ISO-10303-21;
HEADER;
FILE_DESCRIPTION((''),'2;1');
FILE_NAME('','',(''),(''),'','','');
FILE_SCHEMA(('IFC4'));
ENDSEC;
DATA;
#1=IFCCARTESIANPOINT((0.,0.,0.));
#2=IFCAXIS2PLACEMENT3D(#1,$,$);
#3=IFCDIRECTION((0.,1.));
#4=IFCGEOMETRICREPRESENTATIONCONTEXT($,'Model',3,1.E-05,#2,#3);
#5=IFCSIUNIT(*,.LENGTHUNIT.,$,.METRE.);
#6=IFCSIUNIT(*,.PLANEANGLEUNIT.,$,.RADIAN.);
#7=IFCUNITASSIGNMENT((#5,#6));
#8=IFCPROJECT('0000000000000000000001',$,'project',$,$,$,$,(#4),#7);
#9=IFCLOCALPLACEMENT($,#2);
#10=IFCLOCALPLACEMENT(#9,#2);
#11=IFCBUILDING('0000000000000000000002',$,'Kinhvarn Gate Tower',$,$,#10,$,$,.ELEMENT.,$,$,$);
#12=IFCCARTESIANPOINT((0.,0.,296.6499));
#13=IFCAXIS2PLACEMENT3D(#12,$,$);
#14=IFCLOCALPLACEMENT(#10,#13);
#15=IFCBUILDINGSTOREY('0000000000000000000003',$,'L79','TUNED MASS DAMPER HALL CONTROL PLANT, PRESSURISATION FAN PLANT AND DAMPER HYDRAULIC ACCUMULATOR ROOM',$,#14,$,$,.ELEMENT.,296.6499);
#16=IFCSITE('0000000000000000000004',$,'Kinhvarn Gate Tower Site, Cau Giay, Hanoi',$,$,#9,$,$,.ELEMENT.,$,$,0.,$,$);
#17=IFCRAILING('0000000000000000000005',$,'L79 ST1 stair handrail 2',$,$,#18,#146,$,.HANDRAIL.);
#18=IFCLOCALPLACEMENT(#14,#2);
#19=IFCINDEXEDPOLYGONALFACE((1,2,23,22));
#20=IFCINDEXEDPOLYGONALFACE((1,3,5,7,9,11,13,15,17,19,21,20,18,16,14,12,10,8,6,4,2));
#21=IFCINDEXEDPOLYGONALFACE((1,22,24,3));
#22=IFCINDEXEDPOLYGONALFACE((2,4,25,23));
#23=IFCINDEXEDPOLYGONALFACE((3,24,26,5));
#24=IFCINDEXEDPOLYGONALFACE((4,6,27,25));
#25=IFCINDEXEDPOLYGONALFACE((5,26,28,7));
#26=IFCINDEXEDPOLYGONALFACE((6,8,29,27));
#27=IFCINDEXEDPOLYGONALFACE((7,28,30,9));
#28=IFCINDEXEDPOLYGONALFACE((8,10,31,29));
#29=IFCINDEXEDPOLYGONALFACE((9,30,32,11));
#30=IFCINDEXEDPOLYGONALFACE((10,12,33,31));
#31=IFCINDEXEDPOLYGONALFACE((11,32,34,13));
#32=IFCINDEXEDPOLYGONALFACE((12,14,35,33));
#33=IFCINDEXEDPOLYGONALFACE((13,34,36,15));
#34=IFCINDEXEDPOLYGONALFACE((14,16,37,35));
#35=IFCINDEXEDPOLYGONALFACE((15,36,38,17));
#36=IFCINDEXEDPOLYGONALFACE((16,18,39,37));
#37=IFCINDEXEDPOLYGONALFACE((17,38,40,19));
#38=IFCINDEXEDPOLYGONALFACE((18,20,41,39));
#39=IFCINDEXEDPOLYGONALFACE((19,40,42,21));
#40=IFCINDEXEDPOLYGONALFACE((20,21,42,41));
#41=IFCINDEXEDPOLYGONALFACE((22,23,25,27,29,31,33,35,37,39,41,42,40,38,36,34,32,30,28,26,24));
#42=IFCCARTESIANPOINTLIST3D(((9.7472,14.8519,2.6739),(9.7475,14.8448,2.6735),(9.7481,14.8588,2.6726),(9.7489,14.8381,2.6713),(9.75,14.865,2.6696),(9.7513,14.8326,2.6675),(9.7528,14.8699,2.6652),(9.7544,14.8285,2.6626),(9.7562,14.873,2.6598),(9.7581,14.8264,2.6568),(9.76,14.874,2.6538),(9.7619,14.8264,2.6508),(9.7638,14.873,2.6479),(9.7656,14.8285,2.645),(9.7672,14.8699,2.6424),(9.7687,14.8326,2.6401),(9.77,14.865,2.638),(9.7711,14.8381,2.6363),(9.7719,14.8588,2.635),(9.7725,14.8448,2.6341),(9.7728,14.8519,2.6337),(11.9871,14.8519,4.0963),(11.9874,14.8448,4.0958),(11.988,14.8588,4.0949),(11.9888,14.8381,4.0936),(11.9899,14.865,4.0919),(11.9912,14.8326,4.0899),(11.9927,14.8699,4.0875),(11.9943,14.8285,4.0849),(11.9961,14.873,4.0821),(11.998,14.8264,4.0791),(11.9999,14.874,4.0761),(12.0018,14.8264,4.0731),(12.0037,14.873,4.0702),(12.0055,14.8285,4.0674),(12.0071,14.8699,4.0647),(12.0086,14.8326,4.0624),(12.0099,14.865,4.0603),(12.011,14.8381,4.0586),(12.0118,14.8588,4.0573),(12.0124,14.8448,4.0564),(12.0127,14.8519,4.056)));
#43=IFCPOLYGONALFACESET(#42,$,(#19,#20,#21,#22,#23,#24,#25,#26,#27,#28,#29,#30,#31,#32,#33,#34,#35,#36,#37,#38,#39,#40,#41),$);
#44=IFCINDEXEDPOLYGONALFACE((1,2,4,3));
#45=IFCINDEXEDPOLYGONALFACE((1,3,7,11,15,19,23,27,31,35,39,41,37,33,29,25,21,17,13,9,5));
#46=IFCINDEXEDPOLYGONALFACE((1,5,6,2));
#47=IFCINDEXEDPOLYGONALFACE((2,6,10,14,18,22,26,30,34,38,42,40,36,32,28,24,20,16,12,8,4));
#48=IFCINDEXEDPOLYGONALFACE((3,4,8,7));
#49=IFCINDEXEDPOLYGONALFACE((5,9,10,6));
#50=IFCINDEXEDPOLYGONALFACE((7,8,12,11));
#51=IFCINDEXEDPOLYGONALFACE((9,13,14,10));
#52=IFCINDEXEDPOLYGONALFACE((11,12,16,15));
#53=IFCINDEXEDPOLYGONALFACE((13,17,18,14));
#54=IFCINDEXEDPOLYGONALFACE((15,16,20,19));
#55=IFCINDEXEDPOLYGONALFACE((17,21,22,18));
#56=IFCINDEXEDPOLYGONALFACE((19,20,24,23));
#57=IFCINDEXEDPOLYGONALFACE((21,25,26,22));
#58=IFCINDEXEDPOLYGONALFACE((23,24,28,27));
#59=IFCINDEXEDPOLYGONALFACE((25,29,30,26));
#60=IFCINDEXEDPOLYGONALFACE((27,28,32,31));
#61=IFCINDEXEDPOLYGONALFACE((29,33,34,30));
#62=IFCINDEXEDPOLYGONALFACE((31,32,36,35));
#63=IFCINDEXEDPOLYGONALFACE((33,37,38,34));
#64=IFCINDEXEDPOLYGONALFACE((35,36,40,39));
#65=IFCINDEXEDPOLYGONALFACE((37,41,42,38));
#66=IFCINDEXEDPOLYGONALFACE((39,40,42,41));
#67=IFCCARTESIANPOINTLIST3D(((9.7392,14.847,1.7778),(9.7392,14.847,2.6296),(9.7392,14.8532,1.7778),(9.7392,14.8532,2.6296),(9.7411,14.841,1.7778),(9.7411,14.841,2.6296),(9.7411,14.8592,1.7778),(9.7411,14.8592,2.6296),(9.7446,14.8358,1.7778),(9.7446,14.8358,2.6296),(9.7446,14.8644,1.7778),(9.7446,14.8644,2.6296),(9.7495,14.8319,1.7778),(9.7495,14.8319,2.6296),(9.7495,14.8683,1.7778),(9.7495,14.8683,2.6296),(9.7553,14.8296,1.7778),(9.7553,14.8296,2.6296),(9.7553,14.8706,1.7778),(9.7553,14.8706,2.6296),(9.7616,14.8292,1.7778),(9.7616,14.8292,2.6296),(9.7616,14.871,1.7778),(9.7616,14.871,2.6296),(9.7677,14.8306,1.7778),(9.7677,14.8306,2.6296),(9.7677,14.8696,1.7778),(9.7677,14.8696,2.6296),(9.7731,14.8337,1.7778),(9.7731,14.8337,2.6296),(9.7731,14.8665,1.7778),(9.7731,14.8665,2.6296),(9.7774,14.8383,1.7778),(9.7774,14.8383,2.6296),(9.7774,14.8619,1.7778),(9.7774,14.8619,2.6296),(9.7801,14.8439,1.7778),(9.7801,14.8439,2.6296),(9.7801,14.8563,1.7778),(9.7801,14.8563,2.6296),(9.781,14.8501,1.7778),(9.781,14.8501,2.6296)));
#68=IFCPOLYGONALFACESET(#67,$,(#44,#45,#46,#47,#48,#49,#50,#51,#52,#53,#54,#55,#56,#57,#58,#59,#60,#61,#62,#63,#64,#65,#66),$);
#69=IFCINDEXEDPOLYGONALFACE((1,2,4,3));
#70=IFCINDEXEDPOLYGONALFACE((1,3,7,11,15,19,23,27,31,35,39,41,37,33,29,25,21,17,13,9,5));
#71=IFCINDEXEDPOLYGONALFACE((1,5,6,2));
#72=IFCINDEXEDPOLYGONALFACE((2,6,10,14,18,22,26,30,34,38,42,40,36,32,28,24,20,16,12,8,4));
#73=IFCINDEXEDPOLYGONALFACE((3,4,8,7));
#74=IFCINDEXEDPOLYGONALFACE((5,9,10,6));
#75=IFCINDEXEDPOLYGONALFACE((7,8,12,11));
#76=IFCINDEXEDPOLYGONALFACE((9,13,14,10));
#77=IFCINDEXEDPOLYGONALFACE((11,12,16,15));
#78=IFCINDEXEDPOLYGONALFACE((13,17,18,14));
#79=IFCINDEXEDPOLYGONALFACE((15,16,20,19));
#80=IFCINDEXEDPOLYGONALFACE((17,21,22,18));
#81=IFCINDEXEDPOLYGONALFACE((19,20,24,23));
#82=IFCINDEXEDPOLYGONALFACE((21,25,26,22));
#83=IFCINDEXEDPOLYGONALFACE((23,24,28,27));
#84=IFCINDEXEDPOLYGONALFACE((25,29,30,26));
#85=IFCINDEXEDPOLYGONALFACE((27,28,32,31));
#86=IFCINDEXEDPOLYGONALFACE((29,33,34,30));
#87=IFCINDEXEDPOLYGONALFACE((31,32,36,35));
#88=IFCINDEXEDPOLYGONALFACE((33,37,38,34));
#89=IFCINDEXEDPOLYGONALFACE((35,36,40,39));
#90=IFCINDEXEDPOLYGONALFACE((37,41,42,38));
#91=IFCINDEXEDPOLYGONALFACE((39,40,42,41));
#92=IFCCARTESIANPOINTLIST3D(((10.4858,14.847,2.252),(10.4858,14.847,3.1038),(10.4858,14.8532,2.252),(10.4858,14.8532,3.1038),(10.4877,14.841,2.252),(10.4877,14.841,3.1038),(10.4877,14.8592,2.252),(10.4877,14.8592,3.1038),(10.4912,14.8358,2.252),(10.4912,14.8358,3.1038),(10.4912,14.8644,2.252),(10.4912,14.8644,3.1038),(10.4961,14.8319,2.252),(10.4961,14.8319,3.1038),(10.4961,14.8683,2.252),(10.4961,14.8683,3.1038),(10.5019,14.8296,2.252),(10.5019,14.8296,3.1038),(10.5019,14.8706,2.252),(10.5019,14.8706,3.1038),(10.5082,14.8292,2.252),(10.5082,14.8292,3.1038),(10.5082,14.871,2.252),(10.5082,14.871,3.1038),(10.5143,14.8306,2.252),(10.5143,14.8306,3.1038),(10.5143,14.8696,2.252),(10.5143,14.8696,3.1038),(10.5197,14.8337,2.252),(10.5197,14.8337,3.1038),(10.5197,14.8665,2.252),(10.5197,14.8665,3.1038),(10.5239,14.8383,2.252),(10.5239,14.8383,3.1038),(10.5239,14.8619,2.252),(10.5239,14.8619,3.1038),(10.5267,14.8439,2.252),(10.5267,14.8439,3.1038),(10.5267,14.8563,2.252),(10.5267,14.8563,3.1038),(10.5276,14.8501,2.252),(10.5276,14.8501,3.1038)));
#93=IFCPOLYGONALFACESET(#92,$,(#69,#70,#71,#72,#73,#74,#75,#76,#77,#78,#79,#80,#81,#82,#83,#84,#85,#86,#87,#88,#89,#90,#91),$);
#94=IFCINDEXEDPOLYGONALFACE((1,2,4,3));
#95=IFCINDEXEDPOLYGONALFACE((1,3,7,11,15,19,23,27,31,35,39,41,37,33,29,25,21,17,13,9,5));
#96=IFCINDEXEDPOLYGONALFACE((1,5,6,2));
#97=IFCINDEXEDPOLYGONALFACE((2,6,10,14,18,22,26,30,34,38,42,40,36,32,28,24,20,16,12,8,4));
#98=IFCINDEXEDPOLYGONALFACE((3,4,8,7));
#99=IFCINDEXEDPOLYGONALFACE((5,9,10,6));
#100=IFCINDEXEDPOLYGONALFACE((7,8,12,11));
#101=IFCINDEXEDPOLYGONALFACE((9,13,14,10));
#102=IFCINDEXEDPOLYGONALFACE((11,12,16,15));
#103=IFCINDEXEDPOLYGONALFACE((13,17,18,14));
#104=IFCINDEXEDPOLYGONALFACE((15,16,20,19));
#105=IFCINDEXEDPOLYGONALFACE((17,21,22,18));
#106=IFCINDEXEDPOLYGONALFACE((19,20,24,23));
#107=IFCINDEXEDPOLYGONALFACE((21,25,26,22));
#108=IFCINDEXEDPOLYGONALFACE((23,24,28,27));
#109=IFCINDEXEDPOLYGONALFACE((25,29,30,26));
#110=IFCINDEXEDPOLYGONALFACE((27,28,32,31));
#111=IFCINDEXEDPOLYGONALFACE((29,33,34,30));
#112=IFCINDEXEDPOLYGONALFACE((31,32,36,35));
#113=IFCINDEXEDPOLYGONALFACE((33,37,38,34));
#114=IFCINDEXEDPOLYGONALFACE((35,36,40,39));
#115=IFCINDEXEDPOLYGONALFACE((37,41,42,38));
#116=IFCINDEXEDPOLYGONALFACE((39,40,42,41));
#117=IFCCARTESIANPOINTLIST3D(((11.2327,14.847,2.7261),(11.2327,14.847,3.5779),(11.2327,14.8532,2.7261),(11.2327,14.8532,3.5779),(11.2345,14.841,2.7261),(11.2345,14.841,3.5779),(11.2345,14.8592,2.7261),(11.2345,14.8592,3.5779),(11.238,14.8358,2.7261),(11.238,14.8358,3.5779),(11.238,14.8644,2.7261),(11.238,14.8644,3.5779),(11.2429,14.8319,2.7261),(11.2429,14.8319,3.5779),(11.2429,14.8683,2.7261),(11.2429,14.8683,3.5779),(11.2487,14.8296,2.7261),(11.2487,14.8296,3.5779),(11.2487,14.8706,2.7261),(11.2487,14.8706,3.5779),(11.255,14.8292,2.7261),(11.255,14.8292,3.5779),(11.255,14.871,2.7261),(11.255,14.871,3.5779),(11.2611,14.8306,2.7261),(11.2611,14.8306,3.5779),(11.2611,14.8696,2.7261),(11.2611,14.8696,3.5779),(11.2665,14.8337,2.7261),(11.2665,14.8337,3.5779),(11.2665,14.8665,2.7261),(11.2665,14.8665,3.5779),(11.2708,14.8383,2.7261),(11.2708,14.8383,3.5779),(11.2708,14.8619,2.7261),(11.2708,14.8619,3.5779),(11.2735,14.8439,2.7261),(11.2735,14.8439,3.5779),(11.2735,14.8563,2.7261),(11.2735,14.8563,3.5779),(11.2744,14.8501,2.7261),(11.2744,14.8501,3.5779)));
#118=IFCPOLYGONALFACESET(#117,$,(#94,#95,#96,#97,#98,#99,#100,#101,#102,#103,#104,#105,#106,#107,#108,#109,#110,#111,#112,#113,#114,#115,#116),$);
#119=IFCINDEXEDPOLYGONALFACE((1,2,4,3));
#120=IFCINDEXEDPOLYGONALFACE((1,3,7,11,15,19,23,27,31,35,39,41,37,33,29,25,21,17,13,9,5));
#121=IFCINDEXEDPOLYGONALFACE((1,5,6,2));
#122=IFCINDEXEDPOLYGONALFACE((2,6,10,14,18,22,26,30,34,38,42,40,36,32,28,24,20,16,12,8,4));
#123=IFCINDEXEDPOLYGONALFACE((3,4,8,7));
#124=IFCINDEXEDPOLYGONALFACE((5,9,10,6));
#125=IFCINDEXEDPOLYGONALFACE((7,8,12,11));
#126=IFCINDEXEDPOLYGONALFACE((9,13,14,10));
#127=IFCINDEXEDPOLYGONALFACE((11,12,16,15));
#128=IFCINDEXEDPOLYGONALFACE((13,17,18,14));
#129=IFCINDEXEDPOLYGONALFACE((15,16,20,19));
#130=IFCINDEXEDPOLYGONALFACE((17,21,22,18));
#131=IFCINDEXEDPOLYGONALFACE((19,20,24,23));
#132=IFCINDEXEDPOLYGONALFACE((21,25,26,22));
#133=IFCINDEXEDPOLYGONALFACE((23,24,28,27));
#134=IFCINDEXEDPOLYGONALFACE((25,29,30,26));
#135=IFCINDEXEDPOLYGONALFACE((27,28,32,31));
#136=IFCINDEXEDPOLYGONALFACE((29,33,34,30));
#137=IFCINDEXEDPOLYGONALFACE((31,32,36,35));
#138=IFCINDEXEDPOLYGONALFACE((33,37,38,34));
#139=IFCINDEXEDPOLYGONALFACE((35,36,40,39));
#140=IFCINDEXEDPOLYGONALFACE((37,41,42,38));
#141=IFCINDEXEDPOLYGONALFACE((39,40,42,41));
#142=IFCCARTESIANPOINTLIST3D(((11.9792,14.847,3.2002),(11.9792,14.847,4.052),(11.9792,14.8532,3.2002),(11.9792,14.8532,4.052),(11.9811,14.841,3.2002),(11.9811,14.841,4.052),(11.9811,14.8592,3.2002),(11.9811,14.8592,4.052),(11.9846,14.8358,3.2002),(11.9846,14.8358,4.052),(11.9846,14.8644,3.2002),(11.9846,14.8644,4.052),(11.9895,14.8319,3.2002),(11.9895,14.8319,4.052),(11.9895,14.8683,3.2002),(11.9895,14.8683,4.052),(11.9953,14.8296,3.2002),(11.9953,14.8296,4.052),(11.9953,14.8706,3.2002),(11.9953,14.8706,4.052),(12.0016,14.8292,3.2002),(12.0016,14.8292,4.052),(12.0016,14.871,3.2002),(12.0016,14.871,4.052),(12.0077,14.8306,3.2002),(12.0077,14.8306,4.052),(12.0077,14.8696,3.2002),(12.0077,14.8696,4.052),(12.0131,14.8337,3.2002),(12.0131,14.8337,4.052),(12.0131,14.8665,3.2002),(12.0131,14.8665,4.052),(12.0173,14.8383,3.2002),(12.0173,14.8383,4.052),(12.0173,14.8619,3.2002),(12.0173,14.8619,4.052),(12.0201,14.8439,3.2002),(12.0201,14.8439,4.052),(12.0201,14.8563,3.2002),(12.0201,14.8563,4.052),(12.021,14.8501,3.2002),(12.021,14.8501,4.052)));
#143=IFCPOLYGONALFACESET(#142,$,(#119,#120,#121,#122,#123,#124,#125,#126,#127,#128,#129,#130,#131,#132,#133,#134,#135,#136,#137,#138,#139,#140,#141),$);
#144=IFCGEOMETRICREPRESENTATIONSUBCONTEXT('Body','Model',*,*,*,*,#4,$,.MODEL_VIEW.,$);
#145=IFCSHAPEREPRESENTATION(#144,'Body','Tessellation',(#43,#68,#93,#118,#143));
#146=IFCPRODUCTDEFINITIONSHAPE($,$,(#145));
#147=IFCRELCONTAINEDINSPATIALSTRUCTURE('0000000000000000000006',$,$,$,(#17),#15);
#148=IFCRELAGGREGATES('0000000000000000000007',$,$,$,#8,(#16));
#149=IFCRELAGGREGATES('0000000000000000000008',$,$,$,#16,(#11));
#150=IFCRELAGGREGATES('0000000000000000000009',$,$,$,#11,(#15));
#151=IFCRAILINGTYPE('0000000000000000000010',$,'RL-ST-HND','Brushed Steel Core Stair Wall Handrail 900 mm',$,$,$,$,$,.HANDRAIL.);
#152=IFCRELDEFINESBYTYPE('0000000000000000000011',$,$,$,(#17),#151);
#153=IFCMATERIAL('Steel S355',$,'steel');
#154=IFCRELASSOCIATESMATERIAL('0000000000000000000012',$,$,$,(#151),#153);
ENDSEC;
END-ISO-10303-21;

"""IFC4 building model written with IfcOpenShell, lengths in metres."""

from ifc_helpers import new_model, si_unit, direction, frame, origin, origin_2d, place, context, subcontext, project, spatial, circle, extrude, material, type_object, element, save


model = new_model("IFC4")

# Units and contexts
model_context = context("Model", 3, precision=1e-05, world=origin(), true_north=direction((0.0, 1.0)))
body_context = subcontext(model_context, "Body", "Model", "MODEL_VIEW")
ifc_project = project(units=[si_unit("LENGTHUNIT", "METRE"), si_unit("PLANEANGLEUNIT", "RADIAN")], contexts=[model_context])

# Site, building, storey
site_placement = place(None, origin())
site = spatial("IfcSite", under=ifc_project, at=site_placement, Name="Kinhvarn Gate Tower Site, Cau Giay, Hanoi", CompositionType="ELEMENT", RefElevation=0.0)
building_placement = place(site_placement, origin())
building = spatial("IfcBuilding", under=site, at=building_placement, Name="Kinhvarn Gate Tower", CompositionType="ELEMENT")
storey_placement = place(building_placement, frame((0.0, 0.0, 296.6499)))
storey = spatial("IfcBuildingStorey", under=building, at=storey_placement, Name="L79", Description="TUNED MASS DAMPER HALL CONTROL PLANT, PRESSURISATION FAN PLANT AND DAMPER HYDRAULIC ACCUMULATOR ROOM", CompositionType="ELEMENT", Elevation=296.6499)

# Shared definitions
ifc_material_1 = material(Name="Steel S355", Category="steel")

# Railing
railing_type_1 = type_object("IfcRailingType", Name="RL-ST-HND", Description="Brushed Steel Core Stair Wall Handrail 900 mm", PredefinedType="HANDRAIL", material=ifc_material_1)
railing_placement = place(storey_placement, frame((9.76, 14.8501, 1.7778)))
element("IfcRailing", 1, at=railing_placement, inside=storey, type_object=railing_type_1, Name="L79 ST1 stair handrail 2", PredefinedType="HANDRAIL", context=body_context, shape_type="SweptSolid", body=[
    extrude(circle(Radius=0.0239, at=origin_2d()), frame((0.0, 0.0, 0.876), z_axis=(0.844188, 0.0, 0.536048), x_axis=(0.0, 1.0, 0.0)), (0.0, 0.0, 1.0), 2.6533),
    extrude(circle(Radius=0.021, at=origin_2d()), origin(), (0.0, 0.0, 1.0), 0.8518),
    extrude(circle(Radius=0.021, at=origin_2d()), frame((0.7466, 0.0, 0.4741)), (0.0, 0.0, 1.0), 0.8518),
    extrude(circle(Radius=0.021, at=origin_2d()), frame((1.4934, 0.0, 0.9482)), (0.0, 0.0, 1.0), 0.8518),
    extrude(circle(Radius=0.021, at=origin_2d()), frame((2.24, 0.0, 1.4224)), (0.0, 0.0, 1.0), 0.8518),
])

save(model, "model.ifc")
